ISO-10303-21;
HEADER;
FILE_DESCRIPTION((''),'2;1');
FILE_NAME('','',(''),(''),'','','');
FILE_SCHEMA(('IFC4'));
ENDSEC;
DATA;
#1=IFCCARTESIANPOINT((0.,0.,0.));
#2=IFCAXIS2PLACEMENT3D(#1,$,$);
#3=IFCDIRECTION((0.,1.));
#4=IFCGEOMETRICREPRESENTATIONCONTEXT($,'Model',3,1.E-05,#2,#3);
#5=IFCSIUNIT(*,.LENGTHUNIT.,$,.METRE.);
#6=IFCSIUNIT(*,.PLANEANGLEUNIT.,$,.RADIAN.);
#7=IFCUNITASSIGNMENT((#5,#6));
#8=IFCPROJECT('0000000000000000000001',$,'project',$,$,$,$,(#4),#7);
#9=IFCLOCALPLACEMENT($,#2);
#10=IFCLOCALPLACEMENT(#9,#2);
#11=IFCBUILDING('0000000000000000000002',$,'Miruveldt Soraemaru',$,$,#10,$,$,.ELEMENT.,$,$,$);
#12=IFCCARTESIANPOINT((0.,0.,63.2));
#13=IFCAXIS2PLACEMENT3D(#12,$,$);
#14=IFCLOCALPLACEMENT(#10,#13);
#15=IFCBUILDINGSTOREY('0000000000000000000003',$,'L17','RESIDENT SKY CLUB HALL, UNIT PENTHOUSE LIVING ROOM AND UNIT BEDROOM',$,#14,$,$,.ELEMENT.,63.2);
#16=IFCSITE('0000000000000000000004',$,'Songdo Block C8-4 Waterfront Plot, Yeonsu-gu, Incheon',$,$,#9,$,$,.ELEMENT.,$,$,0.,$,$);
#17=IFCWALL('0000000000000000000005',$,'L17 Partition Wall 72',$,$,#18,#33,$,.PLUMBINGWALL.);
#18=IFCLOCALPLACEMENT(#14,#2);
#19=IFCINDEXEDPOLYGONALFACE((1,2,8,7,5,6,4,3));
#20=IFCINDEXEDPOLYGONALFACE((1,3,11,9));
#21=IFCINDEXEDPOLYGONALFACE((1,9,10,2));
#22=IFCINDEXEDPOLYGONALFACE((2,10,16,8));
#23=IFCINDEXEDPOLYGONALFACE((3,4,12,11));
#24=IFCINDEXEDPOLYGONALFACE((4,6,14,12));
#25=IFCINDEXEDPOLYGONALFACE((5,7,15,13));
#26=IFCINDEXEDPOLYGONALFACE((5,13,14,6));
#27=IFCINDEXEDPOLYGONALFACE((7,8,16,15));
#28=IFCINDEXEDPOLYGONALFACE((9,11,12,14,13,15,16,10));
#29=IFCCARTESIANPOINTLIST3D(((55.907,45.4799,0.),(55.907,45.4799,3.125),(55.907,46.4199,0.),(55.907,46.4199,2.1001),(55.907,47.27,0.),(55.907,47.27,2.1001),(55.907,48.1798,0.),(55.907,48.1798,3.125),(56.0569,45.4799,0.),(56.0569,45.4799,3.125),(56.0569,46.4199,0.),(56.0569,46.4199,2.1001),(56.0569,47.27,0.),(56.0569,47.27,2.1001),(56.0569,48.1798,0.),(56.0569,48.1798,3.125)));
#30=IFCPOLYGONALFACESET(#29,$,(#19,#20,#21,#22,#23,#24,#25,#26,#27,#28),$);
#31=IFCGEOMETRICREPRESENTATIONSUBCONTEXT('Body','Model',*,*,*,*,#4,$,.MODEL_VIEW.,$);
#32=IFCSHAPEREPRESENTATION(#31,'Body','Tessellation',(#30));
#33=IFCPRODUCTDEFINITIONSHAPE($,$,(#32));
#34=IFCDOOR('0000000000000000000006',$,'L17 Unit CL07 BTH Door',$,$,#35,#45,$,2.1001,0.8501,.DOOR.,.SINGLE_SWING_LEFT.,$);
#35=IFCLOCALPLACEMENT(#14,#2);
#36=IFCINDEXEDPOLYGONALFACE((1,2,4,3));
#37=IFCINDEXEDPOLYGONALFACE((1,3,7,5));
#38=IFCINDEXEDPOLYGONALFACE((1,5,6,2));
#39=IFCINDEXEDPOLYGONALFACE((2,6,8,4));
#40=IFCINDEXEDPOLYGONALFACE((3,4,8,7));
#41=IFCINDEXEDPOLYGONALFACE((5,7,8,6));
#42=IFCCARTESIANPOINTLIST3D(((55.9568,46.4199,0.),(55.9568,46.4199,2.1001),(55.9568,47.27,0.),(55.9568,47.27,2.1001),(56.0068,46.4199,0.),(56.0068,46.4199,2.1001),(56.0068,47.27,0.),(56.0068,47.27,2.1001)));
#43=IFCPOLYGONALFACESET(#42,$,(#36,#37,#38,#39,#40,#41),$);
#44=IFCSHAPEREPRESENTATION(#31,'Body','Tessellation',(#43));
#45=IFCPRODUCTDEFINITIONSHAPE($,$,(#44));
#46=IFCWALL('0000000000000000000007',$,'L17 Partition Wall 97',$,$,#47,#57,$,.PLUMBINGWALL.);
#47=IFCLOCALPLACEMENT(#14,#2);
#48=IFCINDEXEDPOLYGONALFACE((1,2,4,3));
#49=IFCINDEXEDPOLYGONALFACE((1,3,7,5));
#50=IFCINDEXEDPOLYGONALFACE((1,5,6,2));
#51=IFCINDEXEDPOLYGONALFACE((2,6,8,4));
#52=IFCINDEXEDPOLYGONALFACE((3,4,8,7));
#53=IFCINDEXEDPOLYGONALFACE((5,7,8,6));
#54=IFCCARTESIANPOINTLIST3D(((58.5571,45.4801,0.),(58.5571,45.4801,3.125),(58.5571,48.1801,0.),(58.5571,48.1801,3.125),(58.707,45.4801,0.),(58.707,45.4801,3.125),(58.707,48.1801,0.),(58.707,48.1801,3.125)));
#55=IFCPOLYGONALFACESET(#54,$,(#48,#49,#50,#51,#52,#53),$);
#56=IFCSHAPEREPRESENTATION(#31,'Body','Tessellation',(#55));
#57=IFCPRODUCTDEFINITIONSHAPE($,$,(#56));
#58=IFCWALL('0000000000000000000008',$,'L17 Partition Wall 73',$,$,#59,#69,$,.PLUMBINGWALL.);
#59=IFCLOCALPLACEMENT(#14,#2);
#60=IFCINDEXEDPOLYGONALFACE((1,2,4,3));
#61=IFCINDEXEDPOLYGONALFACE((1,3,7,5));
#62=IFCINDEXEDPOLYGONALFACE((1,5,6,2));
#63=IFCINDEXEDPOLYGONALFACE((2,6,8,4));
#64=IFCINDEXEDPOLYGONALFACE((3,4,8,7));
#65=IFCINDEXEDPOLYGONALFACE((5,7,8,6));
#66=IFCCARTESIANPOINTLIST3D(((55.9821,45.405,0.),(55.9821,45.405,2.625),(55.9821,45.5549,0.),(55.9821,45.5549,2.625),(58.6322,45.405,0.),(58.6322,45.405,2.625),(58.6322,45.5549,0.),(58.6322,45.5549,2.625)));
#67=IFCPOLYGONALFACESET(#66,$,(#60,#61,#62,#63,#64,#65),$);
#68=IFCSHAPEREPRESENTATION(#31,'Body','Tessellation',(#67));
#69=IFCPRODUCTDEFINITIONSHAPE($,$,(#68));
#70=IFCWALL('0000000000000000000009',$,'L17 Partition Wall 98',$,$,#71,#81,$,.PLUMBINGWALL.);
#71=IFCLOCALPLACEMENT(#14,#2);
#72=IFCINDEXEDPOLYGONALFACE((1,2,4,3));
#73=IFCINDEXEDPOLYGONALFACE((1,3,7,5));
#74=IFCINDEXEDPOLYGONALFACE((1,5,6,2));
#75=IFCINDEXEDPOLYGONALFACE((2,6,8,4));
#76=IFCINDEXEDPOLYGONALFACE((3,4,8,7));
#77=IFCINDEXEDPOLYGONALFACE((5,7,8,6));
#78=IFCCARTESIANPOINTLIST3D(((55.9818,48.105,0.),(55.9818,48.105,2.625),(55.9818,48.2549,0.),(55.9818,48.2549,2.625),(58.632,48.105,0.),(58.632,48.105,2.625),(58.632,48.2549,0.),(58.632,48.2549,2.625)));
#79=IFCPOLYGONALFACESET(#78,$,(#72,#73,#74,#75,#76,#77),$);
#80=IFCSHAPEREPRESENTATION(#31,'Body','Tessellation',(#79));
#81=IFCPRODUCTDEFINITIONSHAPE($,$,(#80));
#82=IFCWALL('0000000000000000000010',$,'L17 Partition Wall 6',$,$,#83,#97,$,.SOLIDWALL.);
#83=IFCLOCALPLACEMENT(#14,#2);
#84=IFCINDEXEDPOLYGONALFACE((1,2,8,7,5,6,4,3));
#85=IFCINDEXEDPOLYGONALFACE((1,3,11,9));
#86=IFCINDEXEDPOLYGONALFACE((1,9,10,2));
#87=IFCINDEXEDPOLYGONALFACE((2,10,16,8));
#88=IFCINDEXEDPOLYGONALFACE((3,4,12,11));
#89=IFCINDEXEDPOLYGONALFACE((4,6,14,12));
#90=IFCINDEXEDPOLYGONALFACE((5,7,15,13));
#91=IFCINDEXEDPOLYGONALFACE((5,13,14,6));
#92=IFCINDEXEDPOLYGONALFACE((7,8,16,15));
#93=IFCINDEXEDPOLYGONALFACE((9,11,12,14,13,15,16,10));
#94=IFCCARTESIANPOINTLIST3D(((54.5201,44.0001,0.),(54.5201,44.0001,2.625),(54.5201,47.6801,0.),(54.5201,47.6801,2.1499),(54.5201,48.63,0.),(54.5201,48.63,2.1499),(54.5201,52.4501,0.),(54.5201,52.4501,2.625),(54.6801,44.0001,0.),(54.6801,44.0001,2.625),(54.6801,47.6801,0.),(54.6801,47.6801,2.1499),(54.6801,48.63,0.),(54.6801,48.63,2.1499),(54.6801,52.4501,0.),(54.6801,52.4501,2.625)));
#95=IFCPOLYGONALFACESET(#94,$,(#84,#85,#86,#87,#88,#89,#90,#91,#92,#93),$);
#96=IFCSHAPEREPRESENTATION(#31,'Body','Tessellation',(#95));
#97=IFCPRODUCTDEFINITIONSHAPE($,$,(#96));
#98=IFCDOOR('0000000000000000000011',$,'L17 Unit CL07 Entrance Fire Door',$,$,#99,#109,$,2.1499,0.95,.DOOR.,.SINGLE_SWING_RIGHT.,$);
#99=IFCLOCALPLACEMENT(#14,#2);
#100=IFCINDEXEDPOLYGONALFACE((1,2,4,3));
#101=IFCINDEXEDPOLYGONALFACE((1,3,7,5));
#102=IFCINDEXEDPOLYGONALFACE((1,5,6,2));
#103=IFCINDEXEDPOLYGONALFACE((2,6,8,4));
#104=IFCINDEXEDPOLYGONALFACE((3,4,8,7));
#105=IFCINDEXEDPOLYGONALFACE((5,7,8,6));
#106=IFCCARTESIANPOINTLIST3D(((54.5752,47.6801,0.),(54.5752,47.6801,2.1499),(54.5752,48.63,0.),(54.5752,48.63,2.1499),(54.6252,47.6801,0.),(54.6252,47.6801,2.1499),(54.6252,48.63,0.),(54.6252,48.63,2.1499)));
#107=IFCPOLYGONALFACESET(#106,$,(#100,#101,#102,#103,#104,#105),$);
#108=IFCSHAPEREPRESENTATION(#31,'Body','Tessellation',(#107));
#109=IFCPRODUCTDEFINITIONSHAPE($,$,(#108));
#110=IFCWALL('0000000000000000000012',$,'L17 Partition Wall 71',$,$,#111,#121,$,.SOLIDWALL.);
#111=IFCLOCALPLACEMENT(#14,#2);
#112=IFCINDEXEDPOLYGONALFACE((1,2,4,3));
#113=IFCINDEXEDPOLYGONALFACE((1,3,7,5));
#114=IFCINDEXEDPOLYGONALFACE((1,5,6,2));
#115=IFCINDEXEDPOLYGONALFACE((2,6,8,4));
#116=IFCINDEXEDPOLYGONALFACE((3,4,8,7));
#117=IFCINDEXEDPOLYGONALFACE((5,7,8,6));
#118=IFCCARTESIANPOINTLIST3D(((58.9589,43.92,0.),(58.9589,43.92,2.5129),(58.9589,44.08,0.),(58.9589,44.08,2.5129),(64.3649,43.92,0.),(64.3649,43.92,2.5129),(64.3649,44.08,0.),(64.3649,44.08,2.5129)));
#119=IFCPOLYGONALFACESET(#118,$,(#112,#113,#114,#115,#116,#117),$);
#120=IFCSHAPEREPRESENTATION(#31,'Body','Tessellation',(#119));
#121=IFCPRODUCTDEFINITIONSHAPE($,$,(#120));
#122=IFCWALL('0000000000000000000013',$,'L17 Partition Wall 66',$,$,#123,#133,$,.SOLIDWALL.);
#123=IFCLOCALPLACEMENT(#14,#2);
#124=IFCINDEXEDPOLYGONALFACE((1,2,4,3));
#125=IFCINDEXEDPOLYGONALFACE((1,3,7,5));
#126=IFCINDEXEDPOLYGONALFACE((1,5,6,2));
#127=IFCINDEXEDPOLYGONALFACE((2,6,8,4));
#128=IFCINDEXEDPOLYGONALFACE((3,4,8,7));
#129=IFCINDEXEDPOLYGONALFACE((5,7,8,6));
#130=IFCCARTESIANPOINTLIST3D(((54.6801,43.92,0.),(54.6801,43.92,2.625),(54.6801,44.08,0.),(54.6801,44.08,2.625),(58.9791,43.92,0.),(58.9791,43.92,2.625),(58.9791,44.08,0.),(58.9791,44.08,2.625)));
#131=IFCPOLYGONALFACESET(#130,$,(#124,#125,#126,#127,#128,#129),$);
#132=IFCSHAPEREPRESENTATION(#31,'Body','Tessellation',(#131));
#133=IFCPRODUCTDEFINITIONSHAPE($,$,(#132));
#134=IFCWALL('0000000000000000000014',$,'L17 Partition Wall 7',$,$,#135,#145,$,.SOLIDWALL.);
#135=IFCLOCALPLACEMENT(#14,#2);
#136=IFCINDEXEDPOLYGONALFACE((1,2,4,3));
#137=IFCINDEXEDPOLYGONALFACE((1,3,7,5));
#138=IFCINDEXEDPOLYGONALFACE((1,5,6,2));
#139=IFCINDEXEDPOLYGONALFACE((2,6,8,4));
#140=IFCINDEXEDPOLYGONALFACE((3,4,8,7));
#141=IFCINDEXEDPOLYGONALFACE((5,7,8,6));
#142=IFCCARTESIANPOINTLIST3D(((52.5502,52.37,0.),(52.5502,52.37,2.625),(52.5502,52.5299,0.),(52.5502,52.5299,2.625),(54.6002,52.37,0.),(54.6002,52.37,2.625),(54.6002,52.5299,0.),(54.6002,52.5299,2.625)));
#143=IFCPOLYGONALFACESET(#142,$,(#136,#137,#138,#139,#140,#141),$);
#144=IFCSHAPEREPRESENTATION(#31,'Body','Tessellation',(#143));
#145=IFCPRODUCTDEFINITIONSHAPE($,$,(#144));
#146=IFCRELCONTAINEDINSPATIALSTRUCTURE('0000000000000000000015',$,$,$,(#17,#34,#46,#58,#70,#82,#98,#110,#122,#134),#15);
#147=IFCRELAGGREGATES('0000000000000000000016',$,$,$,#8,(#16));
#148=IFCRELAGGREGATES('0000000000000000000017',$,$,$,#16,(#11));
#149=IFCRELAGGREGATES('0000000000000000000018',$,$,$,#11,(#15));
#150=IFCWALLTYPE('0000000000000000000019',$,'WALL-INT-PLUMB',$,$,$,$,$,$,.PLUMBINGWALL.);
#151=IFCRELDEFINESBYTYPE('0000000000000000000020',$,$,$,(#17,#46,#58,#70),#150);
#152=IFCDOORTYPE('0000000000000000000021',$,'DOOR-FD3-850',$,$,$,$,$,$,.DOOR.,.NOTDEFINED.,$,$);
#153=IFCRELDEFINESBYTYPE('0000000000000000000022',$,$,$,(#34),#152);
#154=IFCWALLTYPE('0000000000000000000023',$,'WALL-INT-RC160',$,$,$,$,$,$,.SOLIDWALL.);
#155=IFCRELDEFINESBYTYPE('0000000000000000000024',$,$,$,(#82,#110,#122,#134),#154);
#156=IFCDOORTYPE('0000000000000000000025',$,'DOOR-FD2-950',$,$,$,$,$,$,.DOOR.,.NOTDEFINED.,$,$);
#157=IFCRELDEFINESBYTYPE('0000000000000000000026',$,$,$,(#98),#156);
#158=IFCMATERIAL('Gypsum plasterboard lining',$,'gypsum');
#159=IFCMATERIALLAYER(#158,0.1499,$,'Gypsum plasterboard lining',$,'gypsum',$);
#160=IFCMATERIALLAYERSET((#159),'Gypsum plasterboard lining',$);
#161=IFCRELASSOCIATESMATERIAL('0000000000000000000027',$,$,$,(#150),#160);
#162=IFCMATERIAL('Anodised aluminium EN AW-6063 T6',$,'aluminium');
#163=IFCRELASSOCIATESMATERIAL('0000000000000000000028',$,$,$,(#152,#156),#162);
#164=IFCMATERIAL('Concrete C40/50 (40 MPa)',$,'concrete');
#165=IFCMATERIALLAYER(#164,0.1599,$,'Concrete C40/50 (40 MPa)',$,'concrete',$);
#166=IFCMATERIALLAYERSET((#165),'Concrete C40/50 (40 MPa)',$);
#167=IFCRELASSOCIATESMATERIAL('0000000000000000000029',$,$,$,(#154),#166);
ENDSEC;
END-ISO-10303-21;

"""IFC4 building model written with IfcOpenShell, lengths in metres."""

from ifc_helpers import new_model, si_unit, direction, frame, frame_2d, origin, place, context, subcontext, project, spatial, rectangle, extrude, material, layer, layer_set, type_object, element, fill, save


model = new_model("IFC4")

# Units and contexts
model_context = context("Model", 3, precision=1e-05, world=origin(), true_north=direction((0.0, 1.0)))
body_context = subcontext(model_context, "Body", "Model", "MODEL_VIEW")
ifc_project = project(units=[si_unit("LENGTHUNIT", "METRE"), si_unit("PLANEANGLEUNIT", "RADIAN")], contexts=[model_context])

# Site, building, storey
site_placement = place(None, origin())
site = spatial("IfcSite", under=ifc_project, at=site_placement, Name="Songdo Block C8-4 Waterfront Plot, Yeonsu-gu, Incheon", CompositionType="ELEMENT", RefElevation=0.0)
building_placement = place(site_placement, origin())
building = spatial("IfcBuilding", under=site, at=building_placement, Name="Miruveldt Soraemaru", CompositionType="ELEMENT")
storey_placement = place(building_placement, frame((0.0, 0.0, 63.2)))
storey = spatial("IfcBuildingStorey", under=building, at=storey_placement, Name="L17", Description="RESIDENT SKY CLUB HALL, UNIT PENTHOUSE LIVING ROOM AND UNIT BEDROOM", CompositionType="ELEMENT", Elevation=63.2)

# Wall, opening, door
ifc_material_1 = material(Name="Gypsum plasterboard lining", Category="gypsum")
ifc_layer_1 = layer(ifc_material_1, 0.1499, Name="Gypsum plasterboard lining", Category="gypsum")
ifc_layer_set_1 = layer_set([ifc_layer_1], Name="Gypsum plasterboard lining")
wall_type_1 = type_object("IfcWallType", Name="WALL-INT-PLUMB", PredefinedType="PLUMBINGWALL", material=ifc_layer_set_1)
wall_1_placement = place(storey_placement, frame((55.9819, 48.1799, 0.0), z_axis=(0.0, 0.0, 1.0), x_axis=(0.0, -1.0, 0.0)))
wall_1 = element("IfcWall", 1, at=wall_1_placement, inside=storey, type_object=wall_type_1, Name="L17 Partition Wall 72", PredefinedType="PLUMBINGWALL", context=body_context, shape_type="SweptSolid", body=[
    extrude(rectangle(XDim=2.7, YDim=0.1499, at=frame_2d((1.3501, 0.0))), origin(), (0.0, 0.0, 1.0), 3.125),
])
opening_1_placement = place(wall_1_placement, frame((0.9099, 0.0, 0.0)))
opening_1 = element("IfcOpeningElement", 2, at=opening_1_placement, cuts=wall_1, PredefinedType="OPENING", context=body_context, shape_type="SweptSolid", body=[
    extrude(rectangle(XDim=0.8501, YDim=2.1001, at=frame_2d((0.425, 1.05))), frame((0.0, 0.085, 0.0), z_axis=(0.0, -1.0, 0.0), x_axis=(1.0, 0.0, 0.0)), (0.0, 0.0, 1.0), 0.1699),
])
ifc_material_2 = material(Name="Anodised aluminium EN AW-6063 T6", Category="aluminium")
door_type_1 = type_object("IfcDoorType", Name="DOOR-FD3-850", OperationType="NOTDEFINED", PredefinedType="DOOR", material=ifc_material_2)
door_1_placement = place(opening_1_placement, origin())
door_1 = element("IfcDoor", 3, at=door_1_placement, inside=storey, type_object=door_type_1, Name="L17 Unit CL07 BTH Door", OperationType="SINGLE_SWING_LEFT", OverallHeight=2.1001, OverallWidth=0.8501, PredefinedType="DOOR", context=body_context, shape_type="SweptSolid", body=[
    extrude(rectangle(XDim=0.8501, YDim=2.1001, at=frame_2d((0.425, 1.05))), frame((0.0, 0.0249, 0.0), z_axis=(0.0, -1.0, 0.0), x_axis=(1.0, 0.0, 0.0)), (0.0, 0.0, 1.0), 0.05),
])
fill(opening_1, door_1)

# Walls
wall_2_placement = place(storey_placement, frame((58.6321, 45.48, 0.0), z_axis=(0.0, 0.0, 1.0), x_axis=(0.0, 1.0, 0.0)))
element("IfcWall", 4, at=wall_2_placement, inside=storey, type_object=wall_type_1, Name="L17 Partition Wall 97", PredefinedType="PLUMBINGWALL", context=body_context, shape_type="SweptSolid", body=[
    extrude(rectangle(XDim=2.7, YDim=0.1499, at=frame_2d((1.3501, 0.0))), origin(), (0.0, 0.0, 1.0), 3.125),
])
for number, where, z_axis, x_axis, name in (
    (5, (55.9819, 45.48, 0.0), (0.0, 0.0, 1.0), (1.0, 0.0, 0.0), "L17 Partition Wall 73"),
    (6, (58.6321, 48.1799, 0.0), (0.0, 0.0, 1.0), (-1.0, 0.0, 0.0), "L17 Partition Wall 98"),
):
    element("IfcWall", number, at=place(storey_placement, frame(where, z_axis=z_axis, x_axis=x_axis)), inside=storey, type_object=wall_type_1, Name=name, PredefinedType="PLUMBINGWALL", context=body_context, shape_type="SweptSolid", body=[
        extrude(rectangle(XDim=2.6501, YDim=0.1499, at=frame_2d((1.3252, 0.0))), origin(), (0.0, 0.0, 1.0), 2.625),
    ])

# Wall, opening, door
ifc_material_3 = material(Name="Concrete C40/50 (40 MPa)", Category="concrete")
ifc_layer_2 = layer(ifc_material_3, 0.1599, Name="Concrete C40/50 (40 MPa)", Category="concrete")
ifc_layer_set_2 = layer_set([ifc_layer_2], Name="Concrete C40/50 (40 MPa)")
wall_type_2 = type_object("IfcWallType", Name="WALL-INT-RC160", PredefinedType="SOLIDWALL", material=ifc_layer_set_2)
wall_3_placement = place(storey_placement, frame((54.6001, 44.0, 0.0), z_axis=(0.0, 0.0, 1.0), x_axis=(0.0, 1.0, 0.0)))
wall_3 = element("IfcWall", 7, at=wall_3_placement, inside=storey, type_object=wall_type_2, Name="L17 Partition Wall 6", PredefinedType="SOLIDWALL", context=body_context, shape_type="SweptSolid", body=[
    extrude(rectangle(XDim=8.45, YDim=0.1599, at=frame_2d((4.2251, 0.0))), origin(), (0.0, 0.0, 1.0), 2.625),
])
opening_2_placement = place(wall_3_placement, frame((3.6799, 0.0, 0.0)))
opening_2 = element("IfcOpeningElement", 8, at=opening_2_placement, cuts=wall_3, PredefinedType="OPENING", context=body_context, shape_type="SweptSolid", body=[
    extrude(rectangle(XDim=0.95, YDim=2.1499, at=frame_2d((0.4751, 1.075))), frame((0.0, 0.0898, 0.0), z_axis=(0.0, -1.0, 0.0), x_axis=(1.0, 0.0, 0.0)), (0.0, 0.0, 1.0), 0.1799),
])
door_type_2 = type_object("IfcDoorType", Name="DOOR-FD2-950", OperationType="NOTDEFINED", PredefinedType="DOOR", material=ifc_material_2)
door_2_placement = place(opening_2_placement, origin())
door_2 = element("IfcDoor", 9, at=door_2_placement, inside=storey, type_object=door_type_2, Name="L17 Unit CL07 Entrance Fire Door", OperationType="SINGLE_SWING_RIGHT", OverallHeight=2.1499, OverallWidth=0.95, PredefinedType="DOOR", context=body_context, shape_type="SweptSolid", body=[
    extrude(rectangle(XDim=0.95, YDim=2.1499, at=frame_2d((0.4751, 1.075))), frame((0.0, 0.0249, 0.0), z_axis=(0.0, -1.0, 0.0), x_axis=(1.0, 0.0, 0.0)), (0.0, 0.0, 1.0), 0.05),
])
fill(opening_2, door_2)

# Walls
wall_4_placement = place(storey_placement, frame((64.365, 44.0, 0.0), z_axis=(0.0, 0.0, 1.0), x_axis=(-1.0, 0.0, 0.0)))
element("IfcWall", 10, at=wall_4_placement, inside=storey, type_object=wall_type_2, Name="L17 Partition Wall 71", PredefinedType="SOLIDWALL", context=body_context, shape_type="SweptSolid", body=[
    extrude(rectangle(XDim=5.406, YDim=0.1599, at=frame_2d((2.7031, 0.0))), origin(), (0.0, 0.0, 1.0), 2.5129),
])
wall_5_placement = place(storey_placement, frame((58.979, 44.0, 0.0), z_axis=(0.0, 0.0, 1.0), x_axis=(-1.0, 0.0, 0.0)))
element("IfcWall", 11, at=wall_5_placement, inside=storey, type_object=wall_type_2, Name="L17 Partition Wall 66", PredefinedType="SOLIDWALL", context=body_context, shape_type="SweptSolid", body=[
    extrude(rectangle(XDim=4.2991, YDim=0.1599, at=frame_2d((2.1494, 0.0))), origin(), (0.0, 0.0, 1.0), 2.625),
])
wall_6_placement = place(storey_placement, frame((54.6001, 52.45, 0.0), z_axis=(0.0, 0.0, 1.0), x_axis=(-1.0, 0.0, 0.0)))
element("IfcWall", 12, at=wall_6_placement, inside=storey, type_object=wall_type_2, Name="L17 Partition Wall 7", PredefinedType="SOLIDWALL", context=body_context, shape_type="SweptSolid", body=[
    extrude(rectangle(XDim=2.05, YDim=0.1599, at=frame_2d((1.0249, 0.0))), origin(), (0.0, 0.0, 1.0), 2.625),
])

save(model, "model.ifc")
